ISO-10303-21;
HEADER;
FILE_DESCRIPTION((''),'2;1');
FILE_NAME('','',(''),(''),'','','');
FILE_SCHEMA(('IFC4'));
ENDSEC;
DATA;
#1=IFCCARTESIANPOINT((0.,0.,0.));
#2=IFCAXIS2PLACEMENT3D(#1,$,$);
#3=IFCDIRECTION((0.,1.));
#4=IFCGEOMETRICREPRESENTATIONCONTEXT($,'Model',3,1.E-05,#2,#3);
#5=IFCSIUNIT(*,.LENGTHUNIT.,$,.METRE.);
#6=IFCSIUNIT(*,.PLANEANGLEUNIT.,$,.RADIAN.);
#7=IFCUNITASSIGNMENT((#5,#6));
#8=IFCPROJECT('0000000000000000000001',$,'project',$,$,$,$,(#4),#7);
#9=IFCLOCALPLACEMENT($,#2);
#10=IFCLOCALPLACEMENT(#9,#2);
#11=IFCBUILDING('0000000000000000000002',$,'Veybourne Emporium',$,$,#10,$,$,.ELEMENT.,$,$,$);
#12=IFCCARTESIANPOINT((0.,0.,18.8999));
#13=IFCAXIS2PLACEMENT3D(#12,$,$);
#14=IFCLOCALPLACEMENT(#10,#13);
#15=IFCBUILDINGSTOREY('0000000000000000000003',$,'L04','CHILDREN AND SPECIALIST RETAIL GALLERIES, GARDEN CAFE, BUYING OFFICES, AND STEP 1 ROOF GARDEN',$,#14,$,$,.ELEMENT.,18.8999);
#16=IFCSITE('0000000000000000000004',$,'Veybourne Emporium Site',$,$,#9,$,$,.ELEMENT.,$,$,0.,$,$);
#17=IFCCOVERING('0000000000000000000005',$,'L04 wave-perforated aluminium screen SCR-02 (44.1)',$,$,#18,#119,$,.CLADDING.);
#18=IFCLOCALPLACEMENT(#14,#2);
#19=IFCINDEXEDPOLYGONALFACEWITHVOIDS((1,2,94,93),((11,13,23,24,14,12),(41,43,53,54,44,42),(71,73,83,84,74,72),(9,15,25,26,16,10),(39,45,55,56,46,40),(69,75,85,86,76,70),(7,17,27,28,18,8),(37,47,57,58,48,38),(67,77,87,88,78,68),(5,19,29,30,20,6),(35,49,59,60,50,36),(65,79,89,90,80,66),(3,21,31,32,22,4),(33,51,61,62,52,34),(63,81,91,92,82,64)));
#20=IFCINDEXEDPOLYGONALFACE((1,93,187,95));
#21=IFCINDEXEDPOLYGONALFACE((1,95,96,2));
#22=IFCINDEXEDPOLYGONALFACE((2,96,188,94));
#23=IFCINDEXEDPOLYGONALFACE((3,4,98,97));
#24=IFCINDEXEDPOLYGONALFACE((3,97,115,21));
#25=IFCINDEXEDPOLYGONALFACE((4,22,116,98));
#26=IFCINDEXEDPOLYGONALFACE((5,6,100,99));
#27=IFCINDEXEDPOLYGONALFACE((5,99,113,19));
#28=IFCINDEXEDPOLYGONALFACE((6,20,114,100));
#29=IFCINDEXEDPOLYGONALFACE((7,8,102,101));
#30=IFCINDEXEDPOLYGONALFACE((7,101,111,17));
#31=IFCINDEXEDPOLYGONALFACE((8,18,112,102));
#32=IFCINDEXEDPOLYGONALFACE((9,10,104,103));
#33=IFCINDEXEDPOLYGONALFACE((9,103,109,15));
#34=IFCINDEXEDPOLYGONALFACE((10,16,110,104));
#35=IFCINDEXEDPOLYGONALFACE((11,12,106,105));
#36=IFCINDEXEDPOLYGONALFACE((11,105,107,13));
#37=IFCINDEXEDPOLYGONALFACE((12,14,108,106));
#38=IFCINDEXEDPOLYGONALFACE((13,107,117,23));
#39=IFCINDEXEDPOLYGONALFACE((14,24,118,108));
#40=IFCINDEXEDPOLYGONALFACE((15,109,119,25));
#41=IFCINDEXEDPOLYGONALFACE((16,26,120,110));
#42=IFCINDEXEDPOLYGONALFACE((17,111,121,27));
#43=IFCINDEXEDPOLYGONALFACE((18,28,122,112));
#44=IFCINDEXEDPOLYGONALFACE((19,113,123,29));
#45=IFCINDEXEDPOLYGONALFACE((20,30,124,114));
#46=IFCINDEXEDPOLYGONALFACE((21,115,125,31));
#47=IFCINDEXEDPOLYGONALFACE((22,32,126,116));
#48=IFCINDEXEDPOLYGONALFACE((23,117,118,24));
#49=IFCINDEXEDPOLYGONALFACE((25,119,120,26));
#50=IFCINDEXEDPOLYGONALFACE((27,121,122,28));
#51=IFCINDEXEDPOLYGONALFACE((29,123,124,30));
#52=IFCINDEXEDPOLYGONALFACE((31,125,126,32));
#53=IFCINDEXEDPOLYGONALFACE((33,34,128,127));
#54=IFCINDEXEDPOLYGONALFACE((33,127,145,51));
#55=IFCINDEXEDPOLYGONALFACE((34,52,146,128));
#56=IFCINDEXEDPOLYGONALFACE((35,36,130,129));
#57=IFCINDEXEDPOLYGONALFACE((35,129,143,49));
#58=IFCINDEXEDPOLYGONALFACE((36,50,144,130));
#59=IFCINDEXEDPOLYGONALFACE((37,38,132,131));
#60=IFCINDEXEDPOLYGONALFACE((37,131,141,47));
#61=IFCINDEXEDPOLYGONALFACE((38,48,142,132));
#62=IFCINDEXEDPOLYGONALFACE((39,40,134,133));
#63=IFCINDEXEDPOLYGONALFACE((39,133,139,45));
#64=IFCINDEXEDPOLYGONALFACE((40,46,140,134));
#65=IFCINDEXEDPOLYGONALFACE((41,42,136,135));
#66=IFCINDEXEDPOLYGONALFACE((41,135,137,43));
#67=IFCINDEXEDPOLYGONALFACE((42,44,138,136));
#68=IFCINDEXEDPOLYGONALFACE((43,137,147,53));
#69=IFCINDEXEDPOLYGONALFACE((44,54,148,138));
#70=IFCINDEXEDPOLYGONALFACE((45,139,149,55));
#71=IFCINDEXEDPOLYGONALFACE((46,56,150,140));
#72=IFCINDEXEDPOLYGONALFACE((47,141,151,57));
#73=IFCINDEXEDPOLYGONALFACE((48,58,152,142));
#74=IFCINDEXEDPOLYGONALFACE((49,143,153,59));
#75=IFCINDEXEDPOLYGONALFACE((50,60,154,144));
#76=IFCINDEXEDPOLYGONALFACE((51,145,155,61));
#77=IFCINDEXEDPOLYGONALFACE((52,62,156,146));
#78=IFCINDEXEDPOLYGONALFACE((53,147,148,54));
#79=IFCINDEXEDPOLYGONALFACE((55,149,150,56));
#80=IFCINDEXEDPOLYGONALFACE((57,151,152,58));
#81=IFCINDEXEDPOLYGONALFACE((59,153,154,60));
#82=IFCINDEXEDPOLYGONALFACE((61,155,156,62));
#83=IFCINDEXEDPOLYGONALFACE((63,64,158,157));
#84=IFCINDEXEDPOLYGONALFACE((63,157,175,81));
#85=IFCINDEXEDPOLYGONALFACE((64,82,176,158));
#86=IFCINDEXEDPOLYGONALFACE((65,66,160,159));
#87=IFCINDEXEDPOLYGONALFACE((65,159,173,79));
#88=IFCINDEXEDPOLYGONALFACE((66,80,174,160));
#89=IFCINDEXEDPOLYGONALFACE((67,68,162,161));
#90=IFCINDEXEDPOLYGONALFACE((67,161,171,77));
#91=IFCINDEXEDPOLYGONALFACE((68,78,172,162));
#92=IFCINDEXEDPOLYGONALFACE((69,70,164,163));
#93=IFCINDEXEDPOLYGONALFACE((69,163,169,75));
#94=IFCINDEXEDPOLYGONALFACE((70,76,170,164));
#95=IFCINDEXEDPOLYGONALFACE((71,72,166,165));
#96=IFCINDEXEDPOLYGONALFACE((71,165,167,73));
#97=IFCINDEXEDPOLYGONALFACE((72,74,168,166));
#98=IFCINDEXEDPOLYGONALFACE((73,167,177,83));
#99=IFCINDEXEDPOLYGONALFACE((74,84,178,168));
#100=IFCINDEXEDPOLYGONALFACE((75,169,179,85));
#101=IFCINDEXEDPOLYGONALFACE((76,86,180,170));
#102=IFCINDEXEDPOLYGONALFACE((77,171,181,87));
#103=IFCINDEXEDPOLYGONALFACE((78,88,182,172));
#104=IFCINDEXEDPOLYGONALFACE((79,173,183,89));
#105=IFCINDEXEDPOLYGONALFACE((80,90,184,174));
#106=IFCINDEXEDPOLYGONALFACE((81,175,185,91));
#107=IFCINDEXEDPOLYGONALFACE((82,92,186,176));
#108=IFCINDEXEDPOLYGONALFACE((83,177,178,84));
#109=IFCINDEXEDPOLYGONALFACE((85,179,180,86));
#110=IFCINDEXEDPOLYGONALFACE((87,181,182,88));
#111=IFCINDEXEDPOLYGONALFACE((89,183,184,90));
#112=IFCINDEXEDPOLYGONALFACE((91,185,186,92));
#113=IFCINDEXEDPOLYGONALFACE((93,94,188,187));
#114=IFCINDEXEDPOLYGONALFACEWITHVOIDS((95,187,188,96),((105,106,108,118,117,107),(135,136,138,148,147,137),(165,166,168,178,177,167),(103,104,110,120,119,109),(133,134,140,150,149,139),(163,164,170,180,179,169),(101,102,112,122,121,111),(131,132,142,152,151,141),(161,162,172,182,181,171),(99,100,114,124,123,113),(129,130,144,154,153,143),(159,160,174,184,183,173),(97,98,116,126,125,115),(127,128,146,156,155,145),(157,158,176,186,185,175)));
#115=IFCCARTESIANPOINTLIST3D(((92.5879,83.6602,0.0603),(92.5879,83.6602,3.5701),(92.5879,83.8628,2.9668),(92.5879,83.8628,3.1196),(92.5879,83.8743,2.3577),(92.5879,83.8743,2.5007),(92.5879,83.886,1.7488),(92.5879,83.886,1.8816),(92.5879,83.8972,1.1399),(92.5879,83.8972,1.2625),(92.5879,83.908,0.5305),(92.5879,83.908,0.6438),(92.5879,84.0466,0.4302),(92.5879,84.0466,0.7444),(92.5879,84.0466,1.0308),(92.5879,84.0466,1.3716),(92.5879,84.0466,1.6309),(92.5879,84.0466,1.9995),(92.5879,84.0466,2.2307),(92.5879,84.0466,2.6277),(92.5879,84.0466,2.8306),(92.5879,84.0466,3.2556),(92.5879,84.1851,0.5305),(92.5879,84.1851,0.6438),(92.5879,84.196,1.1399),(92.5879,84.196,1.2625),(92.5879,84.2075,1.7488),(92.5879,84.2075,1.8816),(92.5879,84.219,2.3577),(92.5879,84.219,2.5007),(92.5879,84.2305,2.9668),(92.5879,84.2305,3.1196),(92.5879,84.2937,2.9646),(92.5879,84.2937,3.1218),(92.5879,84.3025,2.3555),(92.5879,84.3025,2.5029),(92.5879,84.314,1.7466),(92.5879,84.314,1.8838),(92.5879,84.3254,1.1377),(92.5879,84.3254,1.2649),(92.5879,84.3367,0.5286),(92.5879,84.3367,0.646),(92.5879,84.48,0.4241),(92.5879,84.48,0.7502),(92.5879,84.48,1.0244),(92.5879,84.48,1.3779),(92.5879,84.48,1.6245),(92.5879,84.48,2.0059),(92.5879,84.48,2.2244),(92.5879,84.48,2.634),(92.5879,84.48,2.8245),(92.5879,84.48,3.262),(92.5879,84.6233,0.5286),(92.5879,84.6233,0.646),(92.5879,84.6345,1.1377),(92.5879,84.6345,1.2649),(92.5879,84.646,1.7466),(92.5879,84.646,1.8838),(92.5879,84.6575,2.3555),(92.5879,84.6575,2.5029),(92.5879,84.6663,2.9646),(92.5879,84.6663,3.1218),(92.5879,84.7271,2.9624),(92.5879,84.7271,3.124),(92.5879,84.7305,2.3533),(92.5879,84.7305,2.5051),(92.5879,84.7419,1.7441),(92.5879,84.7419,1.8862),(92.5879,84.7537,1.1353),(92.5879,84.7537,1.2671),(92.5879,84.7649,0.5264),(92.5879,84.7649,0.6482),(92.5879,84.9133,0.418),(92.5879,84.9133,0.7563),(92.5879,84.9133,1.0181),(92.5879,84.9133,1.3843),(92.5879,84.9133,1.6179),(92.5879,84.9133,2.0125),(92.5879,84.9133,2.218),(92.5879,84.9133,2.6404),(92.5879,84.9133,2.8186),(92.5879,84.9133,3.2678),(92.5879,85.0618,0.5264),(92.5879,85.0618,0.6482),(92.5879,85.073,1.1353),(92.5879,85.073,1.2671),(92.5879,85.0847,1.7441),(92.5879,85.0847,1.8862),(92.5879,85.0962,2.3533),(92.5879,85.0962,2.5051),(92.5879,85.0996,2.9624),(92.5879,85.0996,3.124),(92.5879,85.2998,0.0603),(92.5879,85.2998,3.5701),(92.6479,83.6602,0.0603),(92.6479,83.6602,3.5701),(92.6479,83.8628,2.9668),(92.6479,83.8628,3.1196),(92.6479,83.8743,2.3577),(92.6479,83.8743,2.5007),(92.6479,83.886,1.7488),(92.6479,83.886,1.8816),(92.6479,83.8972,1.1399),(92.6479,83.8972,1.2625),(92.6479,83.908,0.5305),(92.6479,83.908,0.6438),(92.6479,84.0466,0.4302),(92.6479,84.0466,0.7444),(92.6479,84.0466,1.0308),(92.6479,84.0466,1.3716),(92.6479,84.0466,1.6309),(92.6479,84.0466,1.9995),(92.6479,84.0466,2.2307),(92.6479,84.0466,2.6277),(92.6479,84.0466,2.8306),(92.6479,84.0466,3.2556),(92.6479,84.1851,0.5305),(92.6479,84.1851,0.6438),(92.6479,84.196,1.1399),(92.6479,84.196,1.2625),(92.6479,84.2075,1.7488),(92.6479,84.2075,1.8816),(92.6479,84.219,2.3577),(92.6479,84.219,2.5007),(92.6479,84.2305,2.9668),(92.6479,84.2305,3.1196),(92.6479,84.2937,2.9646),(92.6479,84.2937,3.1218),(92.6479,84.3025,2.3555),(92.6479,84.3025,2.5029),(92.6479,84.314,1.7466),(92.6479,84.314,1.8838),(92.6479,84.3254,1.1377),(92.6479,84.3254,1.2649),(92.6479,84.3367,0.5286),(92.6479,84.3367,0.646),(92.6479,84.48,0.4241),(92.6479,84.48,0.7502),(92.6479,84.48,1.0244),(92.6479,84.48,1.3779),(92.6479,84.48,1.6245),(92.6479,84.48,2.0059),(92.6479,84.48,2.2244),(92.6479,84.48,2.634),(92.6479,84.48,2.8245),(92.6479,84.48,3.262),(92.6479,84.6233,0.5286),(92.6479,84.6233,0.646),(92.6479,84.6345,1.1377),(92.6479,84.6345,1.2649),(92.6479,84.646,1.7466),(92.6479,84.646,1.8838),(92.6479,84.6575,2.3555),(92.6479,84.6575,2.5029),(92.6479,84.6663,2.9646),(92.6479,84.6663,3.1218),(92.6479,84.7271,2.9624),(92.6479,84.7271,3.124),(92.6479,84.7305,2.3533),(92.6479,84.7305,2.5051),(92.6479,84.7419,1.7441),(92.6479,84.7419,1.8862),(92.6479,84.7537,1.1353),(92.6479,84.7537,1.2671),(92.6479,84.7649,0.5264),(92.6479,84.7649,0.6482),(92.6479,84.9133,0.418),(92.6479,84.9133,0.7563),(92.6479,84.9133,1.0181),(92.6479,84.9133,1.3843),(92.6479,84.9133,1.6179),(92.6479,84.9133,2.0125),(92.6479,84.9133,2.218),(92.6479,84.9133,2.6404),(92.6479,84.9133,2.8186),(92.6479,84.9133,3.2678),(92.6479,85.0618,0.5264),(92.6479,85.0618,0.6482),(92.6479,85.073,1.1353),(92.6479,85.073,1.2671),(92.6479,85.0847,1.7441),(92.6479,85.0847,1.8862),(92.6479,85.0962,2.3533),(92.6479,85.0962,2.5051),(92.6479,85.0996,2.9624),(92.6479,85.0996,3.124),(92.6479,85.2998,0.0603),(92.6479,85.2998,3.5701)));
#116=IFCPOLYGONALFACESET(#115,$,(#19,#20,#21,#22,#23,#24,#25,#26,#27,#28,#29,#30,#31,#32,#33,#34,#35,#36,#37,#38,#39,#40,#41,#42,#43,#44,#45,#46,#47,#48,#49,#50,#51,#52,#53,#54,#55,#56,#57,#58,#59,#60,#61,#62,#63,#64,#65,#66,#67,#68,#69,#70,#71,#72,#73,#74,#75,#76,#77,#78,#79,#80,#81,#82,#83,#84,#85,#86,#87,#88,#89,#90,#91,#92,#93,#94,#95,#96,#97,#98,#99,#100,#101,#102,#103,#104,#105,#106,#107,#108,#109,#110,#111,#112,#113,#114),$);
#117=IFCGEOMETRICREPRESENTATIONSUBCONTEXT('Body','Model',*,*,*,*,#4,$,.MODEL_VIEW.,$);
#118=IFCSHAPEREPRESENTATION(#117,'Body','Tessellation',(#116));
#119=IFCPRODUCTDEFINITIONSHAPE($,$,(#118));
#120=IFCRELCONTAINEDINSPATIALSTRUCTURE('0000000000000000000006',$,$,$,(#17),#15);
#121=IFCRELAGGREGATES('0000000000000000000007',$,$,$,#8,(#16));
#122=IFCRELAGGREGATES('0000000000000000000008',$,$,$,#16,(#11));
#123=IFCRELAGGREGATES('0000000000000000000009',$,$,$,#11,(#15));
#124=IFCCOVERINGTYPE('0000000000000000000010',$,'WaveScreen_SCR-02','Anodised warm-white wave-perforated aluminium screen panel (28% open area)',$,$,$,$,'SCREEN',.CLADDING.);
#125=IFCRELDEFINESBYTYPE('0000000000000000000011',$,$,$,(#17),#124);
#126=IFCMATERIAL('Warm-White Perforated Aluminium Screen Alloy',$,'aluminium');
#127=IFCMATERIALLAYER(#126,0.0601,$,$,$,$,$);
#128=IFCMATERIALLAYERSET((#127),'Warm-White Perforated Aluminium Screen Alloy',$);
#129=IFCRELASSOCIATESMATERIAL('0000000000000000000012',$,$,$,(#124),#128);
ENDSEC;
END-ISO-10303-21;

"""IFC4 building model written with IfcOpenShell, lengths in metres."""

from ifc_helpers import new_model, si_unit, direction, frame, origin, place, context, subcontext, project, spatial, polyline, outline, extrude, material, layer, layer_set, type_object, element, save


model = new_model("IFC4")

# Units and contexts
model_context = context("Model", 3, precision=1e-05, world=origin(), true_north=direction((0.0, 1.0)))
body_context = subcontext(model_context, "Body", "Model", "MODEL_VIEW")
ifc_project = project(units=[si_unit("LENGTHUNIT", "METRE"), si_unit("PLANEANGLEUNIT", "RADIAN")], contexts=[model_context])

# Site, building, storey
site_placement = place(None, origin())
site = spatial("IfcSite", under=ifc_project, at=site_placement, Name="Veybourne Emporium Site", CompositionType="ELEMENT", RefElevation=0.0)
building_placement = place(site_placement, origin())
building = spatial("IfcBuilding", under=site, at=building_placement, Name="Veybourne Emporium", CompositionType="ELEMENT")
storey_placement = place(building_placement, frame((0.0, 0.0, 18.8999)))
storey = spatial("IfcBuildingStorey", under=building, at=storey_placement, Name="L04", Description="CHILDREN AND SPECIALIST RETAIL GALLERIES, GARDEN CAFE, BUYING OFFICES, AND STEP 1 ROOF GARDEN", CompositionType="ELEMENT", Elevation=18.8999)

# Covering
ifc_material_1 = material(Name="Warm-White Perforated Aluminium Screen Alloy", Category="aluminium")
ifc_layer_1 = layer(ifc_material_1, 0.0601)
ifc_layer_set_1 = layer_set([ifc_layer_1], Name="Warm-White Perforated Aluminium Screen Alloy")
covering_type_1 = type_object("IfcCoveringType", Name="WaveScreen_SCR-02", Description="Anodised warm-white wave-perforated aluminium screen panel (28% open area)", ElementType="SCREEN", PredefinedType="CLADDING", material=ifc_layer_set_1)
covering_1_placement = place(storey_placement, frame((92.6479, 84.48, 1.8152), z_axis=(-1.0, 0.0, 0.0), x_axis=(0.0, -1.0, 0.0)))
element("IfcCovering", 1, at=covering_1_placement, inside=storey, type_object=covering_type_1, Name="L04 wave-perforated aluminium screen SCR-02 (44.1)", PredefinedType="CLADDING", context=body_context, shape_type="SweptSolid", body=[
    extrude(outline(polyline([(-0.8198, -1.7549), (0.8198, -1.7549), (0.8198, 1.7549), (-0.8198, 1.7549), (-0.8198, -1.7549)]), holes=[polyline([(-0.4333, -1.0588), (-0.2849, -1.167), (-0.2849, -1.2888), (-0.4333, -1.3972), (-0.5818, -1.2888), (-0.5818, -1.167), (-0.4333, -1.0588)]), polyline([(-0.4333, -0.4309), (-0.2737, -0.5481), (-0.2737, -0.6799), (-0.4333, -0.7971), (-0.593, -0.6799), (-0.593, -0.5481), (-0.4333, -0.4309)]), polyline([(-0.4333, 0.1973), (-0.262, 0.071), (-0.262, -0.071), (-0.4333, -0.1973), (-0.6047, -0.071), (-0.6047, 0.071), (-0.4333, 0.1973)]), polyline([(-0.4333, 0.8252), (-0.2505, 0.6899), (-0.2505, 0.5381), (-0.4333, 0.4028), (-0.6162, 0.5381), (-0.6162, 0.6899), (-0.4333, 0.8252)]), polyline([(-0.4333, 1.4526), (-0.2471, 1.3088), (-0.2471, 1.1472), (-0.4333, 1.0034), (-0.6196, 1.1472), (-0.6196, 1.3088), (-0.4333, 1.4526)]), polyline([(0.0, -1.0649), (0.1433, -1.1692), (0.1433, -1.2866), (0.0, -1.3911), (-0.1433, -1.2866), (-0.1433, -1.1692), (0.0, -1.0649)]), polyline([(0.0, -0.4373), (0.1545, -0.5503), (0.1545, -0.6775), (0.0, -0.7908), (-0.1545, -0.6775), (-0.1545, -0.5503), (0.0, -0.4373)]), polyline([(0.0, 0.1907), (0.166, 0.0686), (0.166, -0.0686), (0.0, -0.1907), (-0.166, -0.0686), (-0.166, 0.0686), (0.0, 0.1907)]), polyline([(0.0, 0.8188), (0.1775, 0.6877), (0.1775, 0.5403), (0.0, 0.4092), (-0.1775, 0.5403), (-0.1775, 0.6877), (0.0, 0.8188)]), polyline([(0.0, 1.4468), (0.1863, 1.3066), (0.1863, 1.1494), (0.0, 1.0093), (-0.1863, 1.1494), (-0.1863, 1.3066), (0.0, 1.4468)]), polyline([(0.4333, -1.0708), (0.572, -1.1714), (0.572, -1.2847), (0.4333, -1.385), (0.2949, -1.2847), (0.2949, -1.1714), (0.4333, -1.0708)]), polyline([(0.4333, -0.4436), (0.5828, -0.5527), (0.5828, -0.6753), (0.4333, -0.7844), (0.2839, -0.6753), (0.2839, -0.5527), (0.4333, -0.4436)]), polyline([(0.4333, 0.1843), (0.594, 0.0664), (0.594, -0.0664), (0.4333, -0.1843), (0.2725, -0.0664), (0.2725, 0.0664), (0.4333, 0.1843)]), polyline([(0.4333, 0.8125), (0.6057, 0.6855), (0.6057, 0.5425), (0.4333, 0.4155), (0.261, 0.5425), (0.261, 0.6855), (0.4333, 0.8125)]), polyline([(0.4333, 1.4404), (0.6172, 1.3044), (0.6172, 1.1516), (0.4333, 1.0154), (0.2495, 1.1516), (0.2495, 1.3044), (0.4333, 1.4404)])]), origin(), (0.0, 0.0, 1.0), 0.0601),
])

save(model, "model.ifc")
